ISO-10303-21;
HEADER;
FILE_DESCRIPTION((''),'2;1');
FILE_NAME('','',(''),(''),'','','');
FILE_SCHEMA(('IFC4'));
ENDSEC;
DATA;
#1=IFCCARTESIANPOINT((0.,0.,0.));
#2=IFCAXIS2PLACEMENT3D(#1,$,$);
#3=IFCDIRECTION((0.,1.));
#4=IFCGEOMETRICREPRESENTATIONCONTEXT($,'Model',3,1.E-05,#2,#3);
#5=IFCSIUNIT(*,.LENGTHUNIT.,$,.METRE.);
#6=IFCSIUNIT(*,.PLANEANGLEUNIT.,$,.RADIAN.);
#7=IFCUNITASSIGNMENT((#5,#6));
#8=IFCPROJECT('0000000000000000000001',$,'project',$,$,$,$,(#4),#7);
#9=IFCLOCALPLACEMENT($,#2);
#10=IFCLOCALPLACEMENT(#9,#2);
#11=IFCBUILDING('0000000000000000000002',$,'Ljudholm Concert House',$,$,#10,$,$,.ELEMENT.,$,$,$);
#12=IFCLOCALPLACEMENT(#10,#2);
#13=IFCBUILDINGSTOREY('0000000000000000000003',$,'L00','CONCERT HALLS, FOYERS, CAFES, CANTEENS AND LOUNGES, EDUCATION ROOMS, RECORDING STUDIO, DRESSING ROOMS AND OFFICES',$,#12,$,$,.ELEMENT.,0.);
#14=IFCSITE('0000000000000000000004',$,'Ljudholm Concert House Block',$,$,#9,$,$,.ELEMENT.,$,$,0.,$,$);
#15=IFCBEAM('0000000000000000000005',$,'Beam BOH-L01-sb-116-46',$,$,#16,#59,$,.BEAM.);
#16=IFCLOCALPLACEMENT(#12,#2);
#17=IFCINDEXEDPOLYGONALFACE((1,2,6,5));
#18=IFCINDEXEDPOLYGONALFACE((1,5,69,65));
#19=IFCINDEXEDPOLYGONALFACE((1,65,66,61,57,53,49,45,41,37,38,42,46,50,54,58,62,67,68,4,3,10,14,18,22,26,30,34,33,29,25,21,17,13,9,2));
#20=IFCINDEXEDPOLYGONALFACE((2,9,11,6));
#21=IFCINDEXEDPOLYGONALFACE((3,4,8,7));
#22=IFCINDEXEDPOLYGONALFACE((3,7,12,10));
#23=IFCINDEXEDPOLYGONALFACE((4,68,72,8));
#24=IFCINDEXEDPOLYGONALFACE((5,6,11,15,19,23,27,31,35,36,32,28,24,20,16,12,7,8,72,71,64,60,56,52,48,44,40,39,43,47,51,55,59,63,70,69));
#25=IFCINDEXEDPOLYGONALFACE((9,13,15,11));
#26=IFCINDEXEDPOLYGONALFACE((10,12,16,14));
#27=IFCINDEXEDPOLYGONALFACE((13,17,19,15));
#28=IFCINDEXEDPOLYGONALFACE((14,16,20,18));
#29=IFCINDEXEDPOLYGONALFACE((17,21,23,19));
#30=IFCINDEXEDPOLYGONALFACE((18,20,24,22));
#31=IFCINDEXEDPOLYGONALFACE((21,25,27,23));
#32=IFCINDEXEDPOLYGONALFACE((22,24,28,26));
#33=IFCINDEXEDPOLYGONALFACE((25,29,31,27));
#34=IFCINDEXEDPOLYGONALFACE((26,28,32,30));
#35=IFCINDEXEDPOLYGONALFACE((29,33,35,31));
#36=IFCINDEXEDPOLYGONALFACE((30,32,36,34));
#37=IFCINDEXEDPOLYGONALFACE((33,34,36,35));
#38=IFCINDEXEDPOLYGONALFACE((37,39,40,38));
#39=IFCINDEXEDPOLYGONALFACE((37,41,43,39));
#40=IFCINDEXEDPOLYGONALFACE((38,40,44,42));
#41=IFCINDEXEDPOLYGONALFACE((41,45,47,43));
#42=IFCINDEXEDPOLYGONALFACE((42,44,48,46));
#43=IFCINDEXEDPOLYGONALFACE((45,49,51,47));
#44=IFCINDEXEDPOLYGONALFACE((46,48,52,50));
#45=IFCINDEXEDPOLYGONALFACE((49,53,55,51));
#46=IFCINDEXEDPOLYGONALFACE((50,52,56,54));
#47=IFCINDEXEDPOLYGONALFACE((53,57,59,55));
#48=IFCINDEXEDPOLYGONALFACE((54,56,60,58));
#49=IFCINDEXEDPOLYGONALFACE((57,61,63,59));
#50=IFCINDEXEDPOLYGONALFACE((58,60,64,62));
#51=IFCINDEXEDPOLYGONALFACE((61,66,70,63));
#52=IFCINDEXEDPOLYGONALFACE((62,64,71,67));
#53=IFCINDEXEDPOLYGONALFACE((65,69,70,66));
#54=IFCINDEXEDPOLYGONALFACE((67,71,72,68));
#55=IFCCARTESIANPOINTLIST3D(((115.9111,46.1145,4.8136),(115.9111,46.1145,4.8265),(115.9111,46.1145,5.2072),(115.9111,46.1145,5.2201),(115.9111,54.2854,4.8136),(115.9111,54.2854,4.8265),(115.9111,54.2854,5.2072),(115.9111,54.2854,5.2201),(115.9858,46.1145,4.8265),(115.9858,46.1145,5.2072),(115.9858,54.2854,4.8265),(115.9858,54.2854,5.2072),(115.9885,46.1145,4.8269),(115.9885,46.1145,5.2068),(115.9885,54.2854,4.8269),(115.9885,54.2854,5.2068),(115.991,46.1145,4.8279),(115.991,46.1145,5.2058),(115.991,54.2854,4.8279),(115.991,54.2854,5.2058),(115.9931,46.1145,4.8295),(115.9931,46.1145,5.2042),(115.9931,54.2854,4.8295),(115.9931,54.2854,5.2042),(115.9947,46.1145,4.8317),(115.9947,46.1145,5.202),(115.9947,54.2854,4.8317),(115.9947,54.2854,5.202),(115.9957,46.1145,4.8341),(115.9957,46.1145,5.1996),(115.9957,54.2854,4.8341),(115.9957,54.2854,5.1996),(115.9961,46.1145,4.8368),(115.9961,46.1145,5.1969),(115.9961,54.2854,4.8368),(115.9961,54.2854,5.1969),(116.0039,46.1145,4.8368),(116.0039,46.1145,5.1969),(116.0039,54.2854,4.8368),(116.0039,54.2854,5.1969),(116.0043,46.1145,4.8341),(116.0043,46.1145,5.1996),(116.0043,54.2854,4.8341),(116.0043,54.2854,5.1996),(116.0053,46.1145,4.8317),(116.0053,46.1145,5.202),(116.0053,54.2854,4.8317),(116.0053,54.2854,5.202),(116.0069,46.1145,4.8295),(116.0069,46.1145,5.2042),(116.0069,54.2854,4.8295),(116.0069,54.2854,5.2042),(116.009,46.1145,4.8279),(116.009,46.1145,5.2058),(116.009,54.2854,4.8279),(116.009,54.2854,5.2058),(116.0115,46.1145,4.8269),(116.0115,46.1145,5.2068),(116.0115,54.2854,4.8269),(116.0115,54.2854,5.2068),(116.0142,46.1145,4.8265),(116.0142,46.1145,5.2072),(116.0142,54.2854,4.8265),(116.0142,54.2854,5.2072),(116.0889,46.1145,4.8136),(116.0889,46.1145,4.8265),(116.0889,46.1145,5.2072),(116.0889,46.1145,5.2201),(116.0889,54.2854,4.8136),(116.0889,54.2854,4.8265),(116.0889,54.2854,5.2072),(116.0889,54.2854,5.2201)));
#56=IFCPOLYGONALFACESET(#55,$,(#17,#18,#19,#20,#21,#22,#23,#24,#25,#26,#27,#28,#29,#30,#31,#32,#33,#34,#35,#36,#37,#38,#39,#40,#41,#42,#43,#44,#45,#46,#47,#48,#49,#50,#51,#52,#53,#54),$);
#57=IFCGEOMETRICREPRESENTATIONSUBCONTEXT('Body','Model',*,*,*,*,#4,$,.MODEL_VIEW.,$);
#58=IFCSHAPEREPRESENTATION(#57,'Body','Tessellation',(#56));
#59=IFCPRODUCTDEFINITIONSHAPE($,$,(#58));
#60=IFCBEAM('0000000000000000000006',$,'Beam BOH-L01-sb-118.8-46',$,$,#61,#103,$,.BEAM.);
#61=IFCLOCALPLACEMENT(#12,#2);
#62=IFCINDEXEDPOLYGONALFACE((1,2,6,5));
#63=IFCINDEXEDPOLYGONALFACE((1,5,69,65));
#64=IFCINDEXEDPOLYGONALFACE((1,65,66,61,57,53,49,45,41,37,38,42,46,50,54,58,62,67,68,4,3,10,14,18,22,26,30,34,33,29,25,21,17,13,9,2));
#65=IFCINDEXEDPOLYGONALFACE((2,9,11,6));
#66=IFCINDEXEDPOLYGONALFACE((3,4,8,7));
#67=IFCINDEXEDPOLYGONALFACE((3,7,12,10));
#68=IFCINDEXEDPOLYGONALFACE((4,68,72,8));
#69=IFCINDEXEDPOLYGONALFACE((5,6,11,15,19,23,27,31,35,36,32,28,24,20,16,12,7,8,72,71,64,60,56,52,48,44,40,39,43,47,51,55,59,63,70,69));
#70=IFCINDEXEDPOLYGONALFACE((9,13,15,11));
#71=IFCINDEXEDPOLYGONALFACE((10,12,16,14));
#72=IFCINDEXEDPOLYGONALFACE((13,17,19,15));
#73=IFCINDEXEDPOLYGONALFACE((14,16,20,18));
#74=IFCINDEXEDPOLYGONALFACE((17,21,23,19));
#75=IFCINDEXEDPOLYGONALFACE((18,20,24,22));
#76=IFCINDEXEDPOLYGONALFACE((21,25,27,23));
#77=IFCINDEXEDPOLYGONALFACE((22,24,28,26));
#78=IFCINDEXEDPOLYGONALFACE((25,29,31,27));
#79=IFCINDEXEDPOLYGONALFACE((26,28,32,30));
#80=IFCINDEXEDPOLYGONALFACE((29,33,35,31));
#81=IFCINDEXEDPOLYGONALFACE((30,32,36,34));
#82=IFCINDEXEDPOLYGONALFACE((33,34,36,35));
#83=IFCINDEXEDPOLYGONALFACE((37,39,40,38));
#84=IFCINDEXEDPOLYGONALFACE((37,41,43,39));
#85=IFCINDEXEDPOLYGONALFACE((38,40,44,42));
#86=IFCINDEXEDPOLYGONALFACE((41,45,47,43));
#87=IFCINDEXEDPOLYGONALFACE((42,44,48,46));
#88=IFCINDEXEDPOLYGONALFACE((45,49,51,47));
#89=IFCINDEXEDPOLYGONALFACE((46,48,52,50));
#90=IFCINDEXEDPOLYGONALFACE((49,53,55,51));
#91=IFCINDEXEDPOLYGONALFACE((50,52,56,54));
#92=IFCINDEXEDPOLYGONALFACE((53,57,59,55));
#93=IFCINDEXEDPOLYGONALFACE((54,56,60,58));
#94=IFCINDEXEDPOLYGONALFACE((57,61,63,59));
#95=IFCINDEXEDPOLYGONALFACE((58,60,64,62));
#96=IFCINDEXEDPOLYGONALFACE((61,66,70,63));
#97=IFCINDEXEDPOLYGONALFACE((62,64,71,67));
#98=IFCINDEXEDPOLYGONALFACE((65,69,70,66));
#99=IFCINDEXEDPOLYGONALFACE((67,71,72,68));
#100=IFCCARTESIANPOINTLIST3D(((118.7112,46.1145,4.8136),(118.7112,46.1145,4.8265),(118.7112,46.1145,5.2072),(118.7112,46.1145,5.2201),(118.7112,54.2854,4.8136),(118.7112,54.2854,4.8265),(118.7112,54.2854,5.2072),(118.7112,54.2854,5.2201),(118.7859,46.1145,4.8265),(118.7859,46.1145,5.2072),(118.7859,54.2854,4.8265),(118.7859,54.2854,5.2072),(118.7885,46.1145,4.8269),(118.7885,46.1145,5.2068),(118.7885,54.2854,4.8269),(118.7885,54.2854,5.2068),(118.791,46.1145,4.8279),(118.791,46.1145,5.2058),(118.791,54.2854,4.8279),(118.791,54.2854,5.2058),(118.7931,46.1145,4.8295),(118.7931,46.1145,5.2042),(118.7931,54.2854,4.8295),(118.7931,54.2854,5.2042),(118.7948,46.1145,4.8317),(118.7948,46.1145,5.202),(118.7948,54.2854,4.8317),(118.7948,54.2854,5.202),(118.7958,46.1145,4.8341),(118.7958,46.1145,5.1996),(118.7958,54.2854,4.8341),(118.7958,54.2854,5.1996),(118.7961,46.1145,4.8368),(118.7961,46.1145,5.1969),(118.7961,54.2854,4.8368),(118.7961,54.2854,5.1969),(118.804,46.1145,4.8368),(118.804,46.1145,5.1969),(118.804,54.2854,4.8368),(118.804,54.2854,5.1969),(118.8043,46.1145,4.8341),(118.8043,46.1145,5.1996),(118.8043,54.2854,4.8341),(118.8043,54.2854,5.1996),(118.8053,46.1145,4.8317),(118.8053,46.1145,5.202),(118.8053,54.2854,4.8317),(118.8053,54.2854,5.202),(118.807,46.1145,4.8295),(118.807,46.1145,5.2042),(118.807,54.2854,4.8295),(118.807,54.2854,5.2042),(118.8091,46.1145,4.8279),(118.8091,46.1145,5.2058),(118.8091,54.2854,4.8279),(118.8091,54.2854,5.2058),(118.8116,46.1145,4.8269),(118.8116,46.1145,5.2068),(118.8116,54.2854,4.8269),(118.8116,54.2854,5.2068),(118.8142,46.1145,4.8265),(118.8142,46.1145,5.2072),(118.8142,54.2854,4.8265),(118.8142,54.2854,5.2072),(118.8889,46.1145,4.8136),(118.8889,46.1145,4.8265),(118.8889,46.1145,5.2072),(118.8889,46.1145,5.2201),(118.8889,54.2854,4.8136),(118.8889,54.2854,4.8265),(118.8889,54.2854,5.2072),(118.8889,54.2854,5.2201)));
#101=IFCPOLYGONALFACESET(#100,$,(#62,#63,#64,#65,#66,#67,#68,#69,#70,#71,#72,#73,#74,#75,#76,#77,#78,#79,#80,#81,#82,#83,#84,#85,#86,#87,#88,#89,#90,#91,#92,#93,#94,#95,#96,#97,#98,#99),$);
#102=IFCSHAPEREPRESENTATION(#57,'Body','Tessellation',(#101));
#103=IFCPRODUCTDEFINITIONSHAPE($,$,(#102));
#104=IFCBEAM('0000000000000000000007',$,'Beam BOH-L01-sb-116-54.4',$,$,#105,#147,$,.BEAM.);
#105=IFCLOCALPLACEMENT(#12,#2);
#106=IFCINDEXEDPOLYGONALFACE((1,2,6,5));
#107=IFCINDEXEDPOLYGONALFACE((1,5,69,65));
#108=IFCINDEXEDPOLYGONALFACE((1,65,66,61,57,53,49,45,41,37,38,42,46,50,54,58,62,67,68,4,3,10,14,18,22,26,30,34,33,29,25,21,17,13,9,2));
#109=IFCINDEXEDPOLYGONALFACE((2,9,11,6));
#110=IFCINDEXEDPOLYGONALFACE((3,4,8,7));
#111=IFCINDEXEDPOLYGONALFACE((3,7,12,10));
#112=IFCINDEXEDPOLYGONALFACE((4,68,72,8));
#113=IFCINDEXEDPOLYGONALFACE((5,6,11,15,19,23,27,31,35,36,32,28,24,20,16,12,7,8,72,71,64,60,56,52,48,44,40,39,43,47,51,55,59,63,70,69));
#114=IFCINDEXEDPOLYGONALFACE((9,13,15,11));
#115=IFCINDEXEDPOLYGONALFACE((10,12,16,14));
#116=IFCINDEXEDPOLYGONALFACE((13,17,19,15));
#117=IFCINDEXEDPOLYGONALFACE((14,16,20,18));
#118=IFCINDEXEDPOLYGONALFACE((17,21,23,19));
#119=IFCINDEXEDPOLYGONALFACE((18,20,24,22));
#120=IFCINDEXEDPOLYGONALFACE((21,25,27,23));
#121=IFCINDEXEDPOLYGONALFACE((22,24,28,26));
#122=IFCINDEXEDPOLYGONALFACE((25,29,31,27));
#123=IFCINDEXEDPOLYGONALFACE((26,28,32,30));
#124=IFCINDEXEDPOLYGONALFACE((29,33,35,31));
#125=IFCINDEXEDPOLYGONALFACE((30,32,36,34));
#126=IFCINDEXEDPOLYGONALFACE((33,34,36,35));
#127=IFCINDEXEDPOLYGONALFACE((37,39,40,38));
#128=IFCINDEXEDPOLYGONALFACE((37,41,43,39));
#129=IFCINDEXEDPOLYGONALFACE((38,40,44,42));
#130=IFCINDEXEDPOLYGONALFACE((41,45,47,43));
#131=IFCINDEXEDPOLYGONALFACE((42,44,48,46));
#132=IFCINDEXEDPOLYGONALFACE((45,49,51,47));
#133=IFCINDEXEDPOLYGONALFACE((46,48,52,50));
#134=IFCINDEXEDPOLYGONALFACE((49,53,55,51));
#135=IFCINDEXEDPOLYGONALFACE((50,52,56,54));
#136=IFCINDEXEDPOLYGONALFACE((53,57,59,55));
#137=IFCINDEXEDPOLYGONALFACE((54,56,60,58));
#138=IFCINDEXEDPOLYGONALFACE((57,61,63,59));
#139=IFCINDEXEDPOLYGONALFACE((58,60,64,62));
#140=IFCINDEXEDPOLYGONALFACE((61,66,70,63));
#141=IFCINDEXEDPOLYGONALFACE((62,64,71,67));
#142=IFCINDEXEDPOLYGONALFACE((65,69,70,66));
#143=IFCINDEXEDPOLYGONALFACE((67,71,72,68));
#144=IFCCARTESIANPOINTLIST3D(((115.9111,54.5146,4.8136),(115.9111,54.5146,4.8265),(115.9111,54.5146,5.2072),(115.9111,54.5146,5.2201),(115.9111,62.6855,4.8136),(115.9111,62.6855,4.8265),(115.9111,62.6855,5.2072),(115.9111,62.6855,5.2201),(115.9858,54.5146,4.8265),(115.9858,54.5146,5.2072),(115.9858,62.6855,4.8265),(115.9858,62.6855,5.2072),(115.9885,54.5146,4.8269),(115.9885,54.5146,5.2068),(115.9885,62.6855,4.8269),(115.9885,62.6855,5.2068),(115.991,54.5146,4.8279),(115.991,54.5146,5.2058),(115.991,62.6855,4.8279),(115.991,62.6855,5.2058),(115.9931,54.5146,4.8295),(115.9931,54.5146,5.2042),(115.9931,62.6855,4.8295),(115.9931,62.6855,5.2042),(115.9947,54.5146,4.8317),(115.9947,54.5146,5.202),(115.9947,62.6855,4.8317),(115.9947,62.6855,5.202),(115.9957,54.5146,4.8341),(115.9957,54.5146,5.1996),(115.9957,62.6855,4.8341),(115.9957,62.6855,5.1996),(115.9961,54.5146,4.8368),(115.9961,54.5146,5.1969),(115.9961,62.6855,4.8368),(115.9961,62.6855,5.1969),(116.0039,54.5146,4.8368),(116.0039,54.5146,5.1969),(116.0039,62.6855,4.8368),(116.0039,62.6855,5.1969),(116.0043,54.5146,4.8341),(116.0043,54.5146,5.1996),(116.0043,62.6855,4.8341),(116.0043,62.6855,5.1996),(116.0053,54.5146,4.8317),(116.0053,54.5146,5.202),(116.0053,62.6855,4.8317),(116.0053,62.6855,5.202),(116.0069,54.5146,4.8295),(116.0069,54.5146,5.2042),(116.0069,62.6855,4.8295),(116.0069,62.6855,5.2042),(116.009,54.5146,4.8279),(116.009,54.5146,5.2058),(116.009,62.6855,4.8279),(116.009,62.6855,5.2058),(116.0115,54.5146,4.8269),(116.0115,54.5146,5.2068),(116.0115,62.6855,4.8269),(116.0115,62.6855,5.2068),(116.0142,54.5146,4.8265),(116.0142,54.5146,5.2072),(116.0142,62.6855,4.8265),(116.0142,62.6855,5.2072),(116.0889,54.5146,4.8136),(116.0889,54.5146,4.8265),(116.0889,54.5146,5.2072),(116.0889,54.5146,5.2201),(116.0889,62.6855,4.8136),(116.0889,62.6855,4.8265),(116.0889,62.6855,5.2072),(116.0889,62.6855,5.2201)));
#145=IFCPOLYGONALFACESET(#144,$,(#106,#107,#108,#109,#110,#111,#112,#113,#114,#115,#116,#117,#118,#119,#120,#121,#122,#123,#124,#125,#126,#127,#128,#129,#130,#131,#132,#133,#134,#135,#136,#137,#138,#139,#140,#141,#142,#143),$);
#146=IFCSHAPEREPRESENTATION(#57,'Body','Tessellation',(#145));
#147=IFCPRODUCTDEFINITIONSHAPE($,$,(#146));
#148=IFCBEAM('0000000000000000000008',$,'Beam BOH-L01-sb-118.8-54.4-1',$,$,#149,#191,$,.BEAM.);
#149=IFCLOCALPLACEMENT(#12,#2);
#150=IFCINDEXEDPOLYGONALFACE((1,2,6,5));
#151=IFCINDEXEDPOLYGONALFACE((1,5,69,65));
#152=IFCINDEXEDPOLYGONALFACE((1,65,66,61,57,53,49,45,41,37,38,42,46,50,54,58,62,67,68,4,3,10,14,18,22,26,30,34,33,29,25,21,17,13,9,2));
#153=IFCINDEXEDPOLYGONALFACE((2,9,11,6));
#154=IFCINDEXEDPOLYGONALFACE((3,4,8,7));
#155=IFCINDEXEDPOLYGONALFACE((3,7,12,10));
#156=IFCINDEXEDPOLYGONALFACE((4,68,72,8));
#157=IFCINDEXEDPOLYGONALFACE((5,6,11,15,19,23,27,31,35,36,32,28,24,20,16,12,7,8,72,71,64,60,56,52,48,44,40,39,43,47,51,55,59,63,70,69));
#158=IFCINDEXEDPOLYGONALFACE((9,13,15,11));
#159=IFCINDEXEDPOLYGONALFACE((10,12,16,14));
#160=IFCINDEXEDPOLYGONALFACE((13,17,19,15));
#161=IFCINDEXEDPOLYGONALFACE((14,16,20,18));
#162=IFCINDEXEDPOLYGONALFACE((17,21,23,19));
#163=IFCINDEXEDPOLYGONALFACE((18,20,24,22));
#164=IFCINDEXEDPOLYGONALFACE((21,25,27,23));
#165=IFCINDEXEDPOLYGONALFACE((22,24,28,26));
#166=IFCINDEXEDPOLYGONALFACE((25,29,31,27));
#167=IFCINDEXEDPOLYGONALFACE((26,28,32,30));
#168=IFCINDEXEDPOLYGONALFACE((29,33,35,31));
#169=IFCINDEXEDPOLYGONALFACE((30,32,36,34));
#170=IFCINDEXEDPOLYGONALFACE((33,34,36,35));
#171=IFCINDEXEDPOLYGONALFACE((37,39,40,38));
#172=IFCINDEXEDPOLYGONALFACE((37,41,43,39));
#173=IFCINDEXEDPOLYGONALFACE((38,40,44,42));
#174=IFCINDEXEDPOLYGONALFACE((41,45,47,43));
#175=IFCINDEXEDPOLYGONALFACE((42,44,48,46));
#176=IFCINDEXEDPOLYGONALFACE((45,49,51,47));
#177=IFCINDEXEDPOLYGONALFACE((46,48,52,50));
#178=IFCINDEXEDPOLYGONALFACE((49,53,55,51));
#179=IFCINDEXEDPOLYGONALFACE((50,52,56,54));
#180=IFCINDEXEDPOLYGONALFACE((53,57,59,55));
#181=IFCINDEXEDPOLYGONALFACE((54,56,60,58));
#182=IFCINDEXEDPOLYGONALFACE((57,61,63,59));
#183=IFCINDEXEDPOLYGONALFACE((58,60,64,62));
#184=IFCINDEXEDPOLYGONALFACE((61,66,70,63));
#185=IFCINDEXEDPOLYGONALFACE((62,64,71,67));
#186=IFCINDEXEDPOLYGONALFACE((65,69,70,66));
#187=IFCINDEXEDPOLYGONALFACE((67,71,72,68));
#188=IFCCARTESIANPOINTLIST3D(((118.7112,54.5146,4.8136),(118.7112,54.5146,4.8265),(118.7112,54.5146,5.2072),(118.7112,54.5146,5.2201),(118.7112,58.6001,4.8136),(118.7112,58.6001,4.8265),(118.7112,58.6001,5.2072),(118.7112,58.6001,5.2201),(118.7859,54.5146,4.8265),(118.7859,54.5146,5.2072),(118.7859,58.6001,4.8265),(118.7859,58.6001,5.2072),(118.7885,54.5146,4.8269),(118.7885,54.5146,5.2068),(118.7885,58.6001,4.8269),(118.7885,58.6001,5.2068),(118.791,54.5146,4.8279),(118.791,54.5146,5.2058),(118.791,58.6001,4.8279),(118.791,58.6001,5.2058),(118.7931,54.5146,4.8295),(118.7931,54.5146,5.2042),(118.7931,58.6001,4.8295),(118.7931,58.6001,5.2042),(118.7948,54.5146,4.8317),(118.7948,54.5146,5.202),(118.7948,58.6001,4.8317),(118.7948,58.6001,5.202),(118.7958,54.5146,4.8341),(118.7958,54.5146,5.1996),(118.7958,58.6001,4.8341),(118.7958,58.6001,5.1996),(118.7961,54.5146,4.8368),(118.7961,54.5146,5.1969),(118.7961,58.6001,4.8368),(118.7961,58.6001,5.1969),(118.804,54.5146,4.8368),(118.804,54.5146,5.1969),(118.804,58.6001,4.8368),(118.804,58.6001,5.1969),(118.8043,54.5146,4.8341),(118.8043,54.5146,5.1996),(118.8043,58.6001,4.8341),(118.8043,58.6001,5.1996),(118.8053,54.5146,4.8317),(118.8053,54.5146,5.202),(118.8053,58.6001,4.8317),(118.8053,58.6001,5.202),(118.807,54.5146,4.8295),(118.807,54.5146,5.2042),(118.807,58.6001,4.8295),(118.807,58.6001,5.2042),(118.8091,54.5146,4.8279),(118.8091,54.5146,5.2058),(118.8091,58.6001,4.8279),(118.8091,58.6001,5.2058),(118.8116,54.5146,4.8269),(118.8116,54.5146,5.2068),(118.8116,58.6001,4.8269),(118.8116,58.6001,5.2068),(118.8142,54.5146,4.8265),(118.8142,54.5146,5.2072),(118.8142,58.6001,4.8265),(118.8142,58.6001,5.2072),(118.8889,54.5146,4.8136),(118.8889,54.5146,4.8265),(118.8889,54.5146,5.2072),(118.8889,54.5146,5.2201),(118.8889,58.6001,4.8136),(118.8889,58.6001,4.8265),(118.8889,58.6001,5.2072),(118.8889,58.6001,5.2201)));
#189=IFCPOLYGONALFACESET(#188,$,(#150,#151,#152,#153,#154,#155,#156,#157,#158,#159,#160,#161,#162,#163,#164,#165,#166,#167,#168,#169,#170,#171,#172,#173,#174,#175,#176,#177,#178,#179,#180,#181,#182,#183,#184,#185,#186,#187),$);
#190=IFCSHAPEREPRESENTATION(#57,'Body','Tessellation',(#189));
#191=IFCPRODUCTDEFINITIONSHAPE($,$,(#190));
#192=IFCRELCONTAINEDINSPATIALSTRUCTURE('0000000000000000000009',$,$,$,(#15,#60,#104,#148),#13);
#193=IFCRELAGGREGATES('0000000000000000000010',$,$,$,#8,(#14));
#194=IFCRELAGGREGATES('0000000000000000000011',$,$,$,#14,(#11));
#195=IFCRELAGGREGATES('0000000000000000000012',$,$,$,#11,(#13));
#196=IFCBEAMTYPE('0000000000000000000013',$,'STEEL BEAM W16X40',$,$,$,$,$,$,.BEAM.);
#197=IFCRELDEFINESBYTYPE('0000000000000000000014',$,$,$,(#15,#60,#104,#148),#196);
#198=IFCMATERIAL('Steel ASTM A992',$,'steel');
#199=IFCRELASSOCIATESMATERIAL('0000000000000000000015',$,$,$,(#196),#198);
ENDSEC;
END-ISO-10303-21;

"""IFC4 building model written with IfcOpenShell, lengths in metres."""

from ifc_helpers import new_model, si_unit, direction, frame, origin, origin_2d, place, context, subcontext, project, spatial, i_section, extrude, material, material_profile, profile_set, type_object, element, save


model = new_model("IFC4")

# Units and contexts
model_context = context("Model", 3, precision=1e-05, world=origin(), true_north=direction((0.0, 1.0)))
body_context = subcontext(model_context, "Body", "Model", "MODEL_VIEW")
ifc_project = project(units=[si_unit("LENGTHUNIT", "METRE"), si_unit("PLANEANGLEUNIT", "RADIAN")], contexts=[model_context])

# Site, building, storey
site_placement = place(None, origin())
site = spatial("IfcSite", under=ifc_project, at=site_placement, Name="Ljudholm Concert House Block", CompositionType="ELEMENT", RefElevation=0.0)
building_placement = place(site_placement, origin())
building = spatial("IfcBuilding", under=site, at=building_placement, Name="Ljudholm Concert House", CompositionType="ELEMENT")
storey_placement = place(building_placement, origin())
storey = spatial("IfcBuildingStorey", under=building, at=storey_placement, Name="L00", Description="CONCERT HALLS, FOYERS, CAFES, CANTEENS AND LOUNGES, EDUCATION ROOMS, RECORDING STUDIO, DRESSING ROOMS AND OFFICES", CompositionType="ELEMENT", Elevation=0.0)

# Beams
ifc_material_1 = material(Name="Steel ASTM A992", Category="steel")
ifc_material_profile_1 = material_profile(ifc_material_1, i_section(OverallWidth=0.1777, OverallDepth=0.4065, WebThickness=0.0078, FlangeThickness=0.0129, FilletRadius=0.0103, at=origin_2d()), Name="W16X40")
ifc_profile_set_1 = profile_set([ifc_material_profile_1], Name="Steel ASTM A992")
beam_type_1 = type_object("IfcBeamType", Name="STEEL BEAM W16X40", PredefinedType="BEAM", material=ifc_profile_set_1)
for number, where, z_axis, x_axis, name in (
    (1, (116.0, 46.1145, 5.0168), (0.0, 1.0, 0.0), (-1.0, 0.0, 0.0), "Beam BOH-L01-sb-116-46"),
    (2, (118.8, 46.1145, 5.0168), (0.0, 1.0, 0.0), (-1.0, 0.0, 0.0), "Beam BOH-L01-sb-118.8-46"),
    (3, (116.0, 54.5146, 5.0168), (0.0, 1.0, 0.0), (-1.0, 0.0, 0.0), "Beam BOH-L01-sb-116-54.4"),
):
    element("IfcBeam", number, at=place(storey_placement, frame(where, z_axis=z_axis, x_axis=x_axis)), inside=storey, type_object=beam_type_1, Name=name, PredefinedType="BEAM", context=body_context, shape_type="SweptSolid", body=[
        extrude(i_section(OverallWidth=0.1777, OverallDepth=0.4065, WebThickness=0.0078, FlangeThickness=0.0129, FilletRadius=0.0103, at=origin_2d()), origin(), (0.0, 0.0, 1.0), 8.1709),
    ])
beam_placement = place(storey_placement, frame((118.8, 54.5146, 5.0168), z_axis=(0.0, 1.0, 0.0), x_axis=(-1.0, 0.0, 0.0)))
element("IfcBeam", 4, at=beam_placement, inside=storey, type_object=beam_type_1, Name="Beam BOH-L01-sb-118.8-54.4-1", PredefinedType="BEAM", context=body_context, shape_type="SweptSolid", body=[
    extrude(i_section(OverallWidth=0.1777, OverallDepth=0.4065, WebThickness=0.0078, FlangeThickness=0.0129, FilletRadius=0.0103, at=origin_2d()), origin(), (0.0, 0.0, 1.0), 4.0854),
])

save(model, "model.ifc")
